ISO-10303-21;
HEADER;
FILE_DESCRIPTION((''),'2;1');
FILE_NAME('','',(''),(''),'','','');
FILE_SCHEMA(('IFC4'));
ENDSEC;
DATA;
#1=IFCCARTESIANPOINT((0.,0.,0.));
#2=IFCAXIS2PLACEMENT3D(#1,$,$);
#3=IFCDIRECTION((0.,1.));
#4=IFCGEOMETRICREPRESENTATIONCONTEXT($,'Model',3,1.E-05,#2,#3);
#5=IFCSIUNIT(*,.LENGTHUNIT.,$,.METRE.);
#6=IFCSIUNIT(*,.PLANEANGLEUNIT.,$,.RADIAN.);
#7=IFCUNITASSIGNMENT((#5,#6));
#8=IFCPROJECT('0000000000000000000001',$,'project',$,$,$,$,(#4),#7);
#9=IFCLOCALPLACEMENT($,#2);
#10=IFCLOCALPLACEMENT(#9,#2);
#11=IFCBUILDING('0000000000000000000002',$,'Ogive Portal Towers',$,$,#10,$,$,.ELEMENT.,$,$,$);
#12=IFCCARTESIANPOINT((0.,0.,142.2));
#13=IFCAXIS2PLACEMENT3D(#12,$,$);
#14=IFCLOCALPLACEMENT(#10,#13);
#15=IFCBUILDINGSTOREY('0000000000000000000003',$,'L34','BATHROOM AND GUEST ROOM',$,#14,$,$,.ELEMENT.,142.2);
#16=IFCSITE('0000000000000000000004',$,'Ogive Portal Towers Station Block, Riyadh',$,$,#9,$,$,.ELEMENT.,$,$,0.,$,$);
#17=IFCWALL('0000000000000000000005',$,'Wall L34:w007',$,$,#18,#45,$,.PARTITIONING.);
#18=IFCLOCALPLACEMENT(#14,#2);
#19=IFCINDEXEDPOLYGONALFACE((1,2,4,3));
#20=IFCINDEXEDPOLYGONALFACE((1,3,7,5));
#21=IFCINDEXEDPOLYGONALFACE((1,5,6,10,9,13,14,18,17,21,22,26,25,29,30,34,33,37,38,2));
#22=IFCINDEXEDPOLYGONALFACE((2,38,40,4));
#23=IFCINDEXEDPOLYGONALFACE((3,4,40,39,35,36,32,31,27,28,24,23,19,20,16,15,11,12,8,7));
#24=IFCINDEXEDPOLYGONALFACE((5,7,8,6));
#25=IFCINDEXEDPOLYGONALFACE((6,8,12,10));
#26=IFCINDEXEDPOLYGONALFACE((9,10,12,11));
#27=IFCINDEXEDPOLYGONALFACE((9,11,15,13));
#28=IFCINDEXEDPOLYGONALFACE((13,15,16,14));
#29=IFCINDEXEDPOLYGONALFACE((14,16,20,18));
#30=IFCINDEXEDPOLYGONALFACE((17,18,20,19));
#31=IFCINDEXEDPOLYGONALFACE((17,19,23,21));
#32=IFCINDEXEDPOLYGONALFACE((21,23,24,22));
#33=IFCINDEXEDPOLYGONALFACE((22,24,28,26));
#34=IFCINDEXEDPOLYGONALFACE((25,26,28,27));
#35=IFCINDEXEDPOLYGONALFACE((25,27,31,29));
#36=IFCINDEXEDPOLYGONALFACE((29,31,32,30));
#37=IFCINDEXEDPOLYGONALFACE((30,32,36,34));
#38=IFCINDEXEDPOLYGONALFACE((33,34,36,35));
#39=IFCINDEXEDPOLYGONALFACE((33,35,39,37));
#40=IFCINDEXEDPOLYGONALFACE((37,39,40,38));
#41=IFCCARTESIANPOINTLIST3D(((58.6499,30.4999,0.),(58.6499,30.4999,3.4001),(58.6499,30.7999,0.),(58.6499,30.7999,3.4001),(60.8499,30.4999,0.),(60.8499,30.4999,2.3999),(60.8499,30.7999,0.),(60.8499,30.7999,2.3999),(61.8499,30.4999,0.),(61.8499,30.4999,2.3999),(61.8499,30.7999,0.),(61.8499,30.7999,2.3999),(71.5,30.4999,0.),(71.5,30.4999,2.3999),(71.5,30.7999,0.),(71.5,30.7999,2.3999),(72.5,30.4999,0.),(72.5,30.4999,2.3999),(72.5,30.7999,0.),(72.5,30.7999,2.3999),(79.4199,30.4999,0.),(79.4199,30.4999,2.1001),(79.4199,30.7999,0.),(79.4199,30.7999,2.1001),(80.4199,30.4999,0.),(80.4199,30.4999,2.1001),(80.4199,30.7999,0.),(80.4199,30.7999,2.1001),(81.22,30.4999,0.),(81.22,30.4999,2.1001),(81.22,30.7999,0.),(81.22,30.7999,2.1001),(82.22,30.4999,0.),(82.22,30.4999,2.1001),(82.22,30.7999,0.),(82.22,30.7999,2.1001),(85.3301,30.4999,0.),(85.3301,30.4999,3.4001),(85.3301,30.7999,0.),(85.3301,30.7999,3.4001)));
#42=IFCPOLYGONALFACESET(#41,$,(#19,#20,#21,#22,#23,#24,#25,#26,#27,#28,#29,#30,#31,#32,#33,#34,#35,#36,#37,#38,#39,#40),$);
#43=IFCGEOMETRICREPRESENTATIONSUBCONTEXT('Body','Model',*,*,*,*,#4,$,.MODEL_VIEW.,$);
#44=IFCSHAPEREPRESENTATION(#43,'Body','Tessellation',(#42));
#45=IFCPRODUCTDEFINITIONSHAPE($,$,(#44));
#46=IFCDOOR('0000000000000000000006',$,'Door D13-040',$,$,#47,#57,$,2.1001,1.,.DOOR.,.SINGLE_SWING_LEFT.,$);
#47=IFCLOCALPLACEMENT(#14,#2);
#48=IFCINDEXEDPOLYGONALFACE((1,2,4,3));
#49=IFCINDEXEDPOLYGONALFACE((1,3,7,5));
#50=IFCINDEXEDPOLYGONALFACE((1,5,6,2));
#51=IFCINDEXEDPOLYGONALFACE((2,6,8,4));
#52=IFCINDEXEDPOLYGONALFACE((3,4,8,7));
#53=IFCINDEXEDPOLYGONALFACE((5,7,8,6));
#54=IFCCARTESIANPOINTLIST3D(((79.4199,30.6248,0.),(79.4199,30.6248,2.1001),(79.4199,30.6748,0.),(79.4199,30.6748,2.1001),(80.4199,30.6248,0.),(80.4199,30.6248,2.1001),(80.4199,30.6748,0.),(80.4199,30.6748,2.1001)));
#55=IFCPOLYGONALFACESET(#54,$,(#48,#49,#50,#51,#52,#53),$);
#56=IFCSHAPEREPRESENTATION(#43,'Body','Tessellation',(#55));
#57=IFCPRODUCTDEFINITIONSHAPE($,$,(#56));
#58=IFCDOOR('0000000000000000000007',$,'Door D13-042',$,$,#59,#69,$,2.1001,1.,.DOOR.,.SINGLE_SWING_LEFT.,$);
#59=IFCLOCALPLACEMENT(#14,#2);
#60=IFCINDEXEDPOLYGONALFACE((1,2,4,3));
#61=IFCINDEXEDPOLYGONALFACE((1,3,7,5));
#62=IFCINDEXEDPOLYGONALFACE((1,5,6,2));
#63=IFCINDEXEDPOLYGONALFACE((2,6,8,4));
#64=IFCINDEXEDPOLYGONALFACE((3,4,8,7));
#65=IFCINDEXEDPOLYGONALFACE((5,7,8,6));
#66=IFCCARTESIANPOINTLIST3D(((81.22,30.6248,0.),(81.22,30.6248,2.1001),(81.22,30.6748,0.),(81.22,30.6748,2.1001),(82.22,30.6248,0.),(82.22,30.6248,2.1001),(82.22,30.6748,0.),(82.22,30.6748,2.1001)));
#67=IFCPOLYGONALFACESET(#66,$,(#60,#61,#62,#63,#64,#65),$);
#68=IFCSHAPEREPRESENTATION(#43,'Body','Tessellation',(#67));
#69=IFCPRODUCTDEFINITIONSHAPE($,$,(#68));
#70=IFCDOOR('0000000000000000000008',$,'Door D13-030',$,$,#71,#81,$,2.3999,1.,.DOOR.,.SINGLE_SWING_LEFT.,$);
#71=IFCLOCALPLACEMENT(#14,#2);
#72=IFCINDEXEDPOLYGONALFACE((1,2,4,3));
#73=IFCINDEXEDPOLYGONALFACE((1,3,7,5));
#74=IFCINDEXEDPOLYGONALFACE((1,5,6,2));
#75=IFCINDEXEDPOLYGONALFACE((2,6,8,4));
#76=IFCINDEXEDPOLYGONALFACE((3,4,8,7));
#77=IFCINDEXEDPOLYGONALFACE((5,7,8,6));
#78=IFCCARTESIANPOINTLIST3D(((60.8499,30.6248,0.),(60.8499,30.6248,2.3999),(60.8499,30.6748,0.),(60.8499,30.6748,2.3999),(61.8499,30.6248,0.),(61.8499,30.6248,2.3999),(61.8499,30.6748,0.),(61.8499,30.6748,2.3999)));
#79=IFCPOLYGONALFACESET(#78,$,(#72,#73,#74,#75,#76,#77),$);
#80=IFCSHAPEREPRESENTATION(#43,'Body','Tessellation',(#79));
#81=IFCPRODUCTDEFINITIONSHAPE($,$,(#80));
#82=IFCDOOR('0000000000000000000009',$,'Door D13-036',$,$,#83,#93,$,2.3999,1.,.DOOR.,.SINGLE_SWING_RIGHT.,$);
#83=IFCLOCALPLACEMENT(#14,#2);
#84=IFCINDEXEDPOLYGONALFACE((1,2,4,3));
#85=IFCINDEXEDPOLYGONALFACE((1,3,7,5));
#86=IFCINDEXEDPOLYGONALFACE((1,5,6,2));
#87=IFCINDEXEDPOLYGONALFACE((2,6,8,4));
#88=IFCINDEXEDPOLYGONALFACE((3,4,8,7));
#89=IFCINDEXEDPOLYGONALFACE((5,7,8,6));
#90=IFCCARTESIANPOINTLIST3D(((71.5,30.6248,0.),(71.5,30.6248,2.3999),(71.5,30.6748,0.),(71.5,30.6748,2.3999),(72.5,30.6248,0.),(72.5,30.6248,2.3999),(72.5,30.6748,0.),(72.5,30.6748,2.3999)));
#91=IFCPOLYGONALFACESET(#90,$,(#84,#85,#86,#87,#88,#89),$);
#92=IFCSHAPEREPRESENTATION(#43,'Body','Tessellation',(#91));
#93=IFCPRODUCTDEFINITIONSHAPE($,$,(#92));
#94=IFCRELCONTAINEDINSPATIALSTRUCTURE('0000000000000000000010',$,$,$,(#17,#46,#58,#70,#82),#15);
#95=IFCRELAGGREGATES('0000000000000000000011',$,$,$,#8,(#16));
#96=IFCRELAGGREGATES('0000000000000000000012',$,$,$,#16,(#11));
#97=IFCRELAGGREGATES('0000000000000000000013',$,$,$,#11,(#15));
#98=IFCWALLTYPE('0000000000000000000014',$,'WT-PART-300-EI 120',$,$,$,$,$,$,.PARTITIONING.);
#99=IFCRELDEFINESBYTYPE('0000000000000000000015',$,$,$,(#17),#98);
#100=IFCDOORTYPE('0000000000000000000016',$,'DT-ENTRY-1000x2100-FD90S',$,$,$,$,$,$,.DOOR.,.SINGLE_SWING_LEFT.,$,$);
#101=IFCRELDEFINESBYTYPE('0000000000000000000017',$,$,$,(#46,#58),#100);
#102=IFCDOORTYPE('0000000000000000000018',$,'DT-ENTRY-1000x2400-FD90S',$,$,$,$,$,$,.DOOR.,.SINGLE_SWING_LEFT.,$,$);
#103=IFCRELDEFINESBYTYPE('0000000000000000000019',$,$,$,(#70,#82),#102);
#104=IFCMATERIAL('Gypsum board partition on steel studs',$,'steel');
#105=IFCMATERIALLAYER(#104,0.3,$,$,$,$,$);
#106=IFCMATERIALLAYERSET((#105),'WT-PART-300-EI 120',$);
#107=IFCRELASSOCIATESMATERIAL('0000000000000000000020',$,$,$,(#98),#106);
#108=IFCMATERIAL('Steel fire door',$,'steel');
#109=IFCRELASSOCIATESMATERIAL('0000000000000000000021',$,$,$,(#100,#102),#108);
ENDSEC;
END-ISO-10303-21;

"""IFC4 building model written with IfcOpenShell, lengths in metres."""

from ifc_helpers import new_model, si_unit, direction, frame, frame_2d, origin, place, context, subcontext, project, spatial, rectangle, extrude, material, layer, layer_set, type_object, element, fill, save


model = new_model("IFC4")

# Units and contexts
model_context = context("Model", 3, precision=1e-05, world=origin(), true_north=direction((0.0, 1.0)))
body_context = subcontext(model_context, "Body", "Model", "MODEL_VIEW")
ifc_project = project(units=[si_unit("LENGTHUNIT", "METRE"), si_unit("PLANEANGLEUNIT", "RADIAN")], contexts=[model_context])

# Site, building, storey
site_placement = place(None, origin())
site = spatial("IfcSite", under=ifc_project, at=site_placement, Name="Ogive Portal Towers Station Block, Riyadh", CompositionType="ELEMENT", RefElevation=0.0)
building_placement = place(site_placement, origin())
building = spatial("IfcBuilding", under=site, at=building_placement, Name="Ogive Portal Towers", CompositionType="ELEMENT")
storey_placement = place(building_placement, frame((0.0, 0.0, 142.2)))
storey = spatial("IfcBuildingStorey", under=building, at=storey_placement, Name="L34", Description="BATHROOM AND GUEST ROOM", CompositionType="ELEMENT", Elevation=142.2)

# Wall, openings, doors
ifc_material_1 = material(Name="Gypsum board partition on steel studs", Category="steel")
ifc_layer_1 = layer(ifc_material_1, 0.3)
ifc_layer_set_1 = layer_set([ifc_layer_1], Name="WT-PART-300-EI 120")
wall_type_1 = type_object("IfcWallType", Name="WT-PART-300-EI 120", PredefinedType="PARTITIONING", material=ifc_layer_set_1)
wall_1_placement = place(storey_placement, frame((58.6499, 30.6499, 0.0), z_axis=(0.0, 0.0, 1.0), x_axis=(1.0, 0.0, 0.0)))
wall_1 = element("IfcWall", 1, at=wall_1_placement, inside=storey, type_object=wall_type_1, Name="Wall L34:w007", PredefinedType="PARTITIONING", context=body_context, shape_type="SweptSolid", body=[
    extrude(rectangle(XDim=26.6802, YDim=0.3, at=frame_2d((13.3401, 0.0))), origin(), (0.0, 0.0, 1.0), 3.4001),
])
opening_1_placement = place(wall_1_placement, frame((2.2, 0.0, 0.0)))
opening_1 = element("IfcOpeningElement", 2, at=opening_1_placement, cuts=wall_1, PredefinedType="OPENING", context=body_context, shape_type="SweptSolid", body=[
    extrude(rectangle(XDim=1.0, YDim=2.3999, at=frame_2d((0.5, 1.2))), frame((0.0, 0.1602, 0.0), z_axis=(0.0, -1.0, 0.0), x_axis=(1.0, 0.0, 0.0)), (0.0, 0.0, 1.0), 0.3201),
])
opening_2_placement = place(wall_1_placement, frame((12.8501, 0.0, 0.0)))
opening_2 = element("IfcOpeningElement", 3, at=opening_2_placement, cuts=wall_1, PredefinedType="OPENING", context=body_context, shape_type="SweptSolid", body=[
    extrude(rectangle(XDim=1.0, YDim=2.3999, at=frame_2d((0.5, 1.2))), frame((0.0, 0.1602, 0.0), z_axis=(0.0, -1.0, 0.0), x_axis=(1.0, 0.0, 0.0)), (0.0, 0.0, 1.0), 0.3201),
])
opening_3_placement = place(wall_1_placement, frame((20.77, 0.0, 0.0)))
opening_3 = element("IfcOpeningElement", 4, at=opening_3_placement, cuts=wall_1, PredefinedType="OPENING", context=body_context, shape_type="SweptSolid", body=[
    extrude(rectangle(XDim=1.0, YDim=2.1001, at=frame_2d((0.5, 1.05))), frame((0.0, 0.1602, 0.0), z_axis=(0.0, -1.0, 0.0), x_axis=(1.0, 0.0, 0.0)), (0.0, 0.0, 1.0), 0.3201),
])
opening_4_placement = place(wall_1_placement, frame((22.5701, 0.0, 0.0)))
opening_4 = element("IfcOpeningElement", 5, at=opening_4_placement, cuts=wall_1, PredefinedType="OPENING", context=body_context, shape_type="SweptSolid", body=[
    extrude(rectangle(XDim=1.0, YDim=2.1001, at=frame_2d((0.5, 1.05))), frame((0.0, 0.1602, 0.0), z_axis=(0.0, -1.0, 0.0), x_axis=(1.0, 0.0, 0.0)), (0.0, 0.0, 1.0), 0.3201),
])
ifc_material_2 = material(Name="Steel fire door", Category="steel")
door_type_1 = type_object("IfcDoorType", Name="DT-ENTRY-1000x2100-FD90S", OperationType="SINGLE_SWING_LEFT", PredefinedType="DOOR", material=ifc_material_2)
door_1_placement = place(opening_3_placement, origin())
door_1 = element("IfcDoor", 6, at=door_1_placement, inside=storey, type_object=door_type_1, Name="Door D13-040", OperationType="SINGLE_SWING_LEFT", OverallHeight=2.1001, OverallWidth=1.0, PredefinedType="DOOR", context=body_context, shape_type="SweptSolid", body=[
    extrude(rectangle(XDim=1.0, YDim=2.1001, at=frame_2d((0.5, 1.05))), frame((0.0, 0.0249, 0.0), z_axis=(0.0, -1.0, 0.0), x_axis=(1.0, 0.0, 0.0)), (0.0, 0.0, 1.0), 0.05),
])
fill(opening_3, door_1)
door_2_placement = place(opening_4_placement, origin())
door_2 = element("IfcDoor", 7, at=door_2_placement, inside=storey, type_object=door_type_1, Name="Door D13-042", OperationType="SINGLE_SWING_LEFT", OverallHeight=2.1001, OverallWidth=1.0, PredefinedType="DOOR", context=body_context, shape_type="SweptSolid", body=[
    extrude(rectangle(XDim=1.0, YDim=2.1001, at=frame_2d((0.5, 1.05))), frame((0.0, 0.0249, 0.0), z_axis=(0.0, -1.0, 0.0), x_axis=(1.0, 0.0, 0.0)), (0.0, 0.0, 1.0), 0.05),
])
fill(opening_4, door_2)
door_type_2 = type_object("IfcDoorType", Name="DT-ENTRY-1000x2400-FD90S", OperationType="SINGLE_SWING_LEFT", PredefinedType="DOOR", material=ifc_material_2)
door_3_placement = place(opening_1_placement, origin())
door_3 = element("IfcDoor", 8, at=door_3_placement, inside=storey, type_object=door_type_2, Name="Door D13-030", OperationType="SINGLE_SWING_LEFT", OverallHeight=2.3999, OverallWidth=1.0, PredefinedType="DOOR", context=body_context, shape_type="SweptSolid", body=[
    extrude(rectangle(XDim=1.0, YDim=2.3999, at=frame_2d((0.5, 1.2))), frame((0.0, 0.0249, 0.0), z_axis=(0.0, -1.0, 0.0), x_axis=(1.0, 0.0, 0.0)), (0.0, 0.0, 1.0), 0.05),
])
fill(opening_1, door_3)
door_4_placement = place(opening_2_placement, origin())
door_4 = element("IfcDoor", 9, at=door_4_placement, inside=storey, type_object=door_type_2, Name="Door D13-036", OperationType="SINGLE_SWING_RIGHT", OverallHeight=2.3999, OverallWidth=1.0, PredefinedType="DOOR", context=body_context, shape_type="SweptSolid", body=[
    extrude(rectangle(XDim=1.0, YDim=2.3999, at=frame_2d((0.5, 1.2))), frame((0.0, 0.0249, 0.0), z_axis=(0.0, -1.0, 0.0), x_axis=(1.0, 0.0, 0.0)), (0.0, 0.0, 1.0), 0.05),
])
fill(opening_2, door_4)

save(model, "model.ifc")
